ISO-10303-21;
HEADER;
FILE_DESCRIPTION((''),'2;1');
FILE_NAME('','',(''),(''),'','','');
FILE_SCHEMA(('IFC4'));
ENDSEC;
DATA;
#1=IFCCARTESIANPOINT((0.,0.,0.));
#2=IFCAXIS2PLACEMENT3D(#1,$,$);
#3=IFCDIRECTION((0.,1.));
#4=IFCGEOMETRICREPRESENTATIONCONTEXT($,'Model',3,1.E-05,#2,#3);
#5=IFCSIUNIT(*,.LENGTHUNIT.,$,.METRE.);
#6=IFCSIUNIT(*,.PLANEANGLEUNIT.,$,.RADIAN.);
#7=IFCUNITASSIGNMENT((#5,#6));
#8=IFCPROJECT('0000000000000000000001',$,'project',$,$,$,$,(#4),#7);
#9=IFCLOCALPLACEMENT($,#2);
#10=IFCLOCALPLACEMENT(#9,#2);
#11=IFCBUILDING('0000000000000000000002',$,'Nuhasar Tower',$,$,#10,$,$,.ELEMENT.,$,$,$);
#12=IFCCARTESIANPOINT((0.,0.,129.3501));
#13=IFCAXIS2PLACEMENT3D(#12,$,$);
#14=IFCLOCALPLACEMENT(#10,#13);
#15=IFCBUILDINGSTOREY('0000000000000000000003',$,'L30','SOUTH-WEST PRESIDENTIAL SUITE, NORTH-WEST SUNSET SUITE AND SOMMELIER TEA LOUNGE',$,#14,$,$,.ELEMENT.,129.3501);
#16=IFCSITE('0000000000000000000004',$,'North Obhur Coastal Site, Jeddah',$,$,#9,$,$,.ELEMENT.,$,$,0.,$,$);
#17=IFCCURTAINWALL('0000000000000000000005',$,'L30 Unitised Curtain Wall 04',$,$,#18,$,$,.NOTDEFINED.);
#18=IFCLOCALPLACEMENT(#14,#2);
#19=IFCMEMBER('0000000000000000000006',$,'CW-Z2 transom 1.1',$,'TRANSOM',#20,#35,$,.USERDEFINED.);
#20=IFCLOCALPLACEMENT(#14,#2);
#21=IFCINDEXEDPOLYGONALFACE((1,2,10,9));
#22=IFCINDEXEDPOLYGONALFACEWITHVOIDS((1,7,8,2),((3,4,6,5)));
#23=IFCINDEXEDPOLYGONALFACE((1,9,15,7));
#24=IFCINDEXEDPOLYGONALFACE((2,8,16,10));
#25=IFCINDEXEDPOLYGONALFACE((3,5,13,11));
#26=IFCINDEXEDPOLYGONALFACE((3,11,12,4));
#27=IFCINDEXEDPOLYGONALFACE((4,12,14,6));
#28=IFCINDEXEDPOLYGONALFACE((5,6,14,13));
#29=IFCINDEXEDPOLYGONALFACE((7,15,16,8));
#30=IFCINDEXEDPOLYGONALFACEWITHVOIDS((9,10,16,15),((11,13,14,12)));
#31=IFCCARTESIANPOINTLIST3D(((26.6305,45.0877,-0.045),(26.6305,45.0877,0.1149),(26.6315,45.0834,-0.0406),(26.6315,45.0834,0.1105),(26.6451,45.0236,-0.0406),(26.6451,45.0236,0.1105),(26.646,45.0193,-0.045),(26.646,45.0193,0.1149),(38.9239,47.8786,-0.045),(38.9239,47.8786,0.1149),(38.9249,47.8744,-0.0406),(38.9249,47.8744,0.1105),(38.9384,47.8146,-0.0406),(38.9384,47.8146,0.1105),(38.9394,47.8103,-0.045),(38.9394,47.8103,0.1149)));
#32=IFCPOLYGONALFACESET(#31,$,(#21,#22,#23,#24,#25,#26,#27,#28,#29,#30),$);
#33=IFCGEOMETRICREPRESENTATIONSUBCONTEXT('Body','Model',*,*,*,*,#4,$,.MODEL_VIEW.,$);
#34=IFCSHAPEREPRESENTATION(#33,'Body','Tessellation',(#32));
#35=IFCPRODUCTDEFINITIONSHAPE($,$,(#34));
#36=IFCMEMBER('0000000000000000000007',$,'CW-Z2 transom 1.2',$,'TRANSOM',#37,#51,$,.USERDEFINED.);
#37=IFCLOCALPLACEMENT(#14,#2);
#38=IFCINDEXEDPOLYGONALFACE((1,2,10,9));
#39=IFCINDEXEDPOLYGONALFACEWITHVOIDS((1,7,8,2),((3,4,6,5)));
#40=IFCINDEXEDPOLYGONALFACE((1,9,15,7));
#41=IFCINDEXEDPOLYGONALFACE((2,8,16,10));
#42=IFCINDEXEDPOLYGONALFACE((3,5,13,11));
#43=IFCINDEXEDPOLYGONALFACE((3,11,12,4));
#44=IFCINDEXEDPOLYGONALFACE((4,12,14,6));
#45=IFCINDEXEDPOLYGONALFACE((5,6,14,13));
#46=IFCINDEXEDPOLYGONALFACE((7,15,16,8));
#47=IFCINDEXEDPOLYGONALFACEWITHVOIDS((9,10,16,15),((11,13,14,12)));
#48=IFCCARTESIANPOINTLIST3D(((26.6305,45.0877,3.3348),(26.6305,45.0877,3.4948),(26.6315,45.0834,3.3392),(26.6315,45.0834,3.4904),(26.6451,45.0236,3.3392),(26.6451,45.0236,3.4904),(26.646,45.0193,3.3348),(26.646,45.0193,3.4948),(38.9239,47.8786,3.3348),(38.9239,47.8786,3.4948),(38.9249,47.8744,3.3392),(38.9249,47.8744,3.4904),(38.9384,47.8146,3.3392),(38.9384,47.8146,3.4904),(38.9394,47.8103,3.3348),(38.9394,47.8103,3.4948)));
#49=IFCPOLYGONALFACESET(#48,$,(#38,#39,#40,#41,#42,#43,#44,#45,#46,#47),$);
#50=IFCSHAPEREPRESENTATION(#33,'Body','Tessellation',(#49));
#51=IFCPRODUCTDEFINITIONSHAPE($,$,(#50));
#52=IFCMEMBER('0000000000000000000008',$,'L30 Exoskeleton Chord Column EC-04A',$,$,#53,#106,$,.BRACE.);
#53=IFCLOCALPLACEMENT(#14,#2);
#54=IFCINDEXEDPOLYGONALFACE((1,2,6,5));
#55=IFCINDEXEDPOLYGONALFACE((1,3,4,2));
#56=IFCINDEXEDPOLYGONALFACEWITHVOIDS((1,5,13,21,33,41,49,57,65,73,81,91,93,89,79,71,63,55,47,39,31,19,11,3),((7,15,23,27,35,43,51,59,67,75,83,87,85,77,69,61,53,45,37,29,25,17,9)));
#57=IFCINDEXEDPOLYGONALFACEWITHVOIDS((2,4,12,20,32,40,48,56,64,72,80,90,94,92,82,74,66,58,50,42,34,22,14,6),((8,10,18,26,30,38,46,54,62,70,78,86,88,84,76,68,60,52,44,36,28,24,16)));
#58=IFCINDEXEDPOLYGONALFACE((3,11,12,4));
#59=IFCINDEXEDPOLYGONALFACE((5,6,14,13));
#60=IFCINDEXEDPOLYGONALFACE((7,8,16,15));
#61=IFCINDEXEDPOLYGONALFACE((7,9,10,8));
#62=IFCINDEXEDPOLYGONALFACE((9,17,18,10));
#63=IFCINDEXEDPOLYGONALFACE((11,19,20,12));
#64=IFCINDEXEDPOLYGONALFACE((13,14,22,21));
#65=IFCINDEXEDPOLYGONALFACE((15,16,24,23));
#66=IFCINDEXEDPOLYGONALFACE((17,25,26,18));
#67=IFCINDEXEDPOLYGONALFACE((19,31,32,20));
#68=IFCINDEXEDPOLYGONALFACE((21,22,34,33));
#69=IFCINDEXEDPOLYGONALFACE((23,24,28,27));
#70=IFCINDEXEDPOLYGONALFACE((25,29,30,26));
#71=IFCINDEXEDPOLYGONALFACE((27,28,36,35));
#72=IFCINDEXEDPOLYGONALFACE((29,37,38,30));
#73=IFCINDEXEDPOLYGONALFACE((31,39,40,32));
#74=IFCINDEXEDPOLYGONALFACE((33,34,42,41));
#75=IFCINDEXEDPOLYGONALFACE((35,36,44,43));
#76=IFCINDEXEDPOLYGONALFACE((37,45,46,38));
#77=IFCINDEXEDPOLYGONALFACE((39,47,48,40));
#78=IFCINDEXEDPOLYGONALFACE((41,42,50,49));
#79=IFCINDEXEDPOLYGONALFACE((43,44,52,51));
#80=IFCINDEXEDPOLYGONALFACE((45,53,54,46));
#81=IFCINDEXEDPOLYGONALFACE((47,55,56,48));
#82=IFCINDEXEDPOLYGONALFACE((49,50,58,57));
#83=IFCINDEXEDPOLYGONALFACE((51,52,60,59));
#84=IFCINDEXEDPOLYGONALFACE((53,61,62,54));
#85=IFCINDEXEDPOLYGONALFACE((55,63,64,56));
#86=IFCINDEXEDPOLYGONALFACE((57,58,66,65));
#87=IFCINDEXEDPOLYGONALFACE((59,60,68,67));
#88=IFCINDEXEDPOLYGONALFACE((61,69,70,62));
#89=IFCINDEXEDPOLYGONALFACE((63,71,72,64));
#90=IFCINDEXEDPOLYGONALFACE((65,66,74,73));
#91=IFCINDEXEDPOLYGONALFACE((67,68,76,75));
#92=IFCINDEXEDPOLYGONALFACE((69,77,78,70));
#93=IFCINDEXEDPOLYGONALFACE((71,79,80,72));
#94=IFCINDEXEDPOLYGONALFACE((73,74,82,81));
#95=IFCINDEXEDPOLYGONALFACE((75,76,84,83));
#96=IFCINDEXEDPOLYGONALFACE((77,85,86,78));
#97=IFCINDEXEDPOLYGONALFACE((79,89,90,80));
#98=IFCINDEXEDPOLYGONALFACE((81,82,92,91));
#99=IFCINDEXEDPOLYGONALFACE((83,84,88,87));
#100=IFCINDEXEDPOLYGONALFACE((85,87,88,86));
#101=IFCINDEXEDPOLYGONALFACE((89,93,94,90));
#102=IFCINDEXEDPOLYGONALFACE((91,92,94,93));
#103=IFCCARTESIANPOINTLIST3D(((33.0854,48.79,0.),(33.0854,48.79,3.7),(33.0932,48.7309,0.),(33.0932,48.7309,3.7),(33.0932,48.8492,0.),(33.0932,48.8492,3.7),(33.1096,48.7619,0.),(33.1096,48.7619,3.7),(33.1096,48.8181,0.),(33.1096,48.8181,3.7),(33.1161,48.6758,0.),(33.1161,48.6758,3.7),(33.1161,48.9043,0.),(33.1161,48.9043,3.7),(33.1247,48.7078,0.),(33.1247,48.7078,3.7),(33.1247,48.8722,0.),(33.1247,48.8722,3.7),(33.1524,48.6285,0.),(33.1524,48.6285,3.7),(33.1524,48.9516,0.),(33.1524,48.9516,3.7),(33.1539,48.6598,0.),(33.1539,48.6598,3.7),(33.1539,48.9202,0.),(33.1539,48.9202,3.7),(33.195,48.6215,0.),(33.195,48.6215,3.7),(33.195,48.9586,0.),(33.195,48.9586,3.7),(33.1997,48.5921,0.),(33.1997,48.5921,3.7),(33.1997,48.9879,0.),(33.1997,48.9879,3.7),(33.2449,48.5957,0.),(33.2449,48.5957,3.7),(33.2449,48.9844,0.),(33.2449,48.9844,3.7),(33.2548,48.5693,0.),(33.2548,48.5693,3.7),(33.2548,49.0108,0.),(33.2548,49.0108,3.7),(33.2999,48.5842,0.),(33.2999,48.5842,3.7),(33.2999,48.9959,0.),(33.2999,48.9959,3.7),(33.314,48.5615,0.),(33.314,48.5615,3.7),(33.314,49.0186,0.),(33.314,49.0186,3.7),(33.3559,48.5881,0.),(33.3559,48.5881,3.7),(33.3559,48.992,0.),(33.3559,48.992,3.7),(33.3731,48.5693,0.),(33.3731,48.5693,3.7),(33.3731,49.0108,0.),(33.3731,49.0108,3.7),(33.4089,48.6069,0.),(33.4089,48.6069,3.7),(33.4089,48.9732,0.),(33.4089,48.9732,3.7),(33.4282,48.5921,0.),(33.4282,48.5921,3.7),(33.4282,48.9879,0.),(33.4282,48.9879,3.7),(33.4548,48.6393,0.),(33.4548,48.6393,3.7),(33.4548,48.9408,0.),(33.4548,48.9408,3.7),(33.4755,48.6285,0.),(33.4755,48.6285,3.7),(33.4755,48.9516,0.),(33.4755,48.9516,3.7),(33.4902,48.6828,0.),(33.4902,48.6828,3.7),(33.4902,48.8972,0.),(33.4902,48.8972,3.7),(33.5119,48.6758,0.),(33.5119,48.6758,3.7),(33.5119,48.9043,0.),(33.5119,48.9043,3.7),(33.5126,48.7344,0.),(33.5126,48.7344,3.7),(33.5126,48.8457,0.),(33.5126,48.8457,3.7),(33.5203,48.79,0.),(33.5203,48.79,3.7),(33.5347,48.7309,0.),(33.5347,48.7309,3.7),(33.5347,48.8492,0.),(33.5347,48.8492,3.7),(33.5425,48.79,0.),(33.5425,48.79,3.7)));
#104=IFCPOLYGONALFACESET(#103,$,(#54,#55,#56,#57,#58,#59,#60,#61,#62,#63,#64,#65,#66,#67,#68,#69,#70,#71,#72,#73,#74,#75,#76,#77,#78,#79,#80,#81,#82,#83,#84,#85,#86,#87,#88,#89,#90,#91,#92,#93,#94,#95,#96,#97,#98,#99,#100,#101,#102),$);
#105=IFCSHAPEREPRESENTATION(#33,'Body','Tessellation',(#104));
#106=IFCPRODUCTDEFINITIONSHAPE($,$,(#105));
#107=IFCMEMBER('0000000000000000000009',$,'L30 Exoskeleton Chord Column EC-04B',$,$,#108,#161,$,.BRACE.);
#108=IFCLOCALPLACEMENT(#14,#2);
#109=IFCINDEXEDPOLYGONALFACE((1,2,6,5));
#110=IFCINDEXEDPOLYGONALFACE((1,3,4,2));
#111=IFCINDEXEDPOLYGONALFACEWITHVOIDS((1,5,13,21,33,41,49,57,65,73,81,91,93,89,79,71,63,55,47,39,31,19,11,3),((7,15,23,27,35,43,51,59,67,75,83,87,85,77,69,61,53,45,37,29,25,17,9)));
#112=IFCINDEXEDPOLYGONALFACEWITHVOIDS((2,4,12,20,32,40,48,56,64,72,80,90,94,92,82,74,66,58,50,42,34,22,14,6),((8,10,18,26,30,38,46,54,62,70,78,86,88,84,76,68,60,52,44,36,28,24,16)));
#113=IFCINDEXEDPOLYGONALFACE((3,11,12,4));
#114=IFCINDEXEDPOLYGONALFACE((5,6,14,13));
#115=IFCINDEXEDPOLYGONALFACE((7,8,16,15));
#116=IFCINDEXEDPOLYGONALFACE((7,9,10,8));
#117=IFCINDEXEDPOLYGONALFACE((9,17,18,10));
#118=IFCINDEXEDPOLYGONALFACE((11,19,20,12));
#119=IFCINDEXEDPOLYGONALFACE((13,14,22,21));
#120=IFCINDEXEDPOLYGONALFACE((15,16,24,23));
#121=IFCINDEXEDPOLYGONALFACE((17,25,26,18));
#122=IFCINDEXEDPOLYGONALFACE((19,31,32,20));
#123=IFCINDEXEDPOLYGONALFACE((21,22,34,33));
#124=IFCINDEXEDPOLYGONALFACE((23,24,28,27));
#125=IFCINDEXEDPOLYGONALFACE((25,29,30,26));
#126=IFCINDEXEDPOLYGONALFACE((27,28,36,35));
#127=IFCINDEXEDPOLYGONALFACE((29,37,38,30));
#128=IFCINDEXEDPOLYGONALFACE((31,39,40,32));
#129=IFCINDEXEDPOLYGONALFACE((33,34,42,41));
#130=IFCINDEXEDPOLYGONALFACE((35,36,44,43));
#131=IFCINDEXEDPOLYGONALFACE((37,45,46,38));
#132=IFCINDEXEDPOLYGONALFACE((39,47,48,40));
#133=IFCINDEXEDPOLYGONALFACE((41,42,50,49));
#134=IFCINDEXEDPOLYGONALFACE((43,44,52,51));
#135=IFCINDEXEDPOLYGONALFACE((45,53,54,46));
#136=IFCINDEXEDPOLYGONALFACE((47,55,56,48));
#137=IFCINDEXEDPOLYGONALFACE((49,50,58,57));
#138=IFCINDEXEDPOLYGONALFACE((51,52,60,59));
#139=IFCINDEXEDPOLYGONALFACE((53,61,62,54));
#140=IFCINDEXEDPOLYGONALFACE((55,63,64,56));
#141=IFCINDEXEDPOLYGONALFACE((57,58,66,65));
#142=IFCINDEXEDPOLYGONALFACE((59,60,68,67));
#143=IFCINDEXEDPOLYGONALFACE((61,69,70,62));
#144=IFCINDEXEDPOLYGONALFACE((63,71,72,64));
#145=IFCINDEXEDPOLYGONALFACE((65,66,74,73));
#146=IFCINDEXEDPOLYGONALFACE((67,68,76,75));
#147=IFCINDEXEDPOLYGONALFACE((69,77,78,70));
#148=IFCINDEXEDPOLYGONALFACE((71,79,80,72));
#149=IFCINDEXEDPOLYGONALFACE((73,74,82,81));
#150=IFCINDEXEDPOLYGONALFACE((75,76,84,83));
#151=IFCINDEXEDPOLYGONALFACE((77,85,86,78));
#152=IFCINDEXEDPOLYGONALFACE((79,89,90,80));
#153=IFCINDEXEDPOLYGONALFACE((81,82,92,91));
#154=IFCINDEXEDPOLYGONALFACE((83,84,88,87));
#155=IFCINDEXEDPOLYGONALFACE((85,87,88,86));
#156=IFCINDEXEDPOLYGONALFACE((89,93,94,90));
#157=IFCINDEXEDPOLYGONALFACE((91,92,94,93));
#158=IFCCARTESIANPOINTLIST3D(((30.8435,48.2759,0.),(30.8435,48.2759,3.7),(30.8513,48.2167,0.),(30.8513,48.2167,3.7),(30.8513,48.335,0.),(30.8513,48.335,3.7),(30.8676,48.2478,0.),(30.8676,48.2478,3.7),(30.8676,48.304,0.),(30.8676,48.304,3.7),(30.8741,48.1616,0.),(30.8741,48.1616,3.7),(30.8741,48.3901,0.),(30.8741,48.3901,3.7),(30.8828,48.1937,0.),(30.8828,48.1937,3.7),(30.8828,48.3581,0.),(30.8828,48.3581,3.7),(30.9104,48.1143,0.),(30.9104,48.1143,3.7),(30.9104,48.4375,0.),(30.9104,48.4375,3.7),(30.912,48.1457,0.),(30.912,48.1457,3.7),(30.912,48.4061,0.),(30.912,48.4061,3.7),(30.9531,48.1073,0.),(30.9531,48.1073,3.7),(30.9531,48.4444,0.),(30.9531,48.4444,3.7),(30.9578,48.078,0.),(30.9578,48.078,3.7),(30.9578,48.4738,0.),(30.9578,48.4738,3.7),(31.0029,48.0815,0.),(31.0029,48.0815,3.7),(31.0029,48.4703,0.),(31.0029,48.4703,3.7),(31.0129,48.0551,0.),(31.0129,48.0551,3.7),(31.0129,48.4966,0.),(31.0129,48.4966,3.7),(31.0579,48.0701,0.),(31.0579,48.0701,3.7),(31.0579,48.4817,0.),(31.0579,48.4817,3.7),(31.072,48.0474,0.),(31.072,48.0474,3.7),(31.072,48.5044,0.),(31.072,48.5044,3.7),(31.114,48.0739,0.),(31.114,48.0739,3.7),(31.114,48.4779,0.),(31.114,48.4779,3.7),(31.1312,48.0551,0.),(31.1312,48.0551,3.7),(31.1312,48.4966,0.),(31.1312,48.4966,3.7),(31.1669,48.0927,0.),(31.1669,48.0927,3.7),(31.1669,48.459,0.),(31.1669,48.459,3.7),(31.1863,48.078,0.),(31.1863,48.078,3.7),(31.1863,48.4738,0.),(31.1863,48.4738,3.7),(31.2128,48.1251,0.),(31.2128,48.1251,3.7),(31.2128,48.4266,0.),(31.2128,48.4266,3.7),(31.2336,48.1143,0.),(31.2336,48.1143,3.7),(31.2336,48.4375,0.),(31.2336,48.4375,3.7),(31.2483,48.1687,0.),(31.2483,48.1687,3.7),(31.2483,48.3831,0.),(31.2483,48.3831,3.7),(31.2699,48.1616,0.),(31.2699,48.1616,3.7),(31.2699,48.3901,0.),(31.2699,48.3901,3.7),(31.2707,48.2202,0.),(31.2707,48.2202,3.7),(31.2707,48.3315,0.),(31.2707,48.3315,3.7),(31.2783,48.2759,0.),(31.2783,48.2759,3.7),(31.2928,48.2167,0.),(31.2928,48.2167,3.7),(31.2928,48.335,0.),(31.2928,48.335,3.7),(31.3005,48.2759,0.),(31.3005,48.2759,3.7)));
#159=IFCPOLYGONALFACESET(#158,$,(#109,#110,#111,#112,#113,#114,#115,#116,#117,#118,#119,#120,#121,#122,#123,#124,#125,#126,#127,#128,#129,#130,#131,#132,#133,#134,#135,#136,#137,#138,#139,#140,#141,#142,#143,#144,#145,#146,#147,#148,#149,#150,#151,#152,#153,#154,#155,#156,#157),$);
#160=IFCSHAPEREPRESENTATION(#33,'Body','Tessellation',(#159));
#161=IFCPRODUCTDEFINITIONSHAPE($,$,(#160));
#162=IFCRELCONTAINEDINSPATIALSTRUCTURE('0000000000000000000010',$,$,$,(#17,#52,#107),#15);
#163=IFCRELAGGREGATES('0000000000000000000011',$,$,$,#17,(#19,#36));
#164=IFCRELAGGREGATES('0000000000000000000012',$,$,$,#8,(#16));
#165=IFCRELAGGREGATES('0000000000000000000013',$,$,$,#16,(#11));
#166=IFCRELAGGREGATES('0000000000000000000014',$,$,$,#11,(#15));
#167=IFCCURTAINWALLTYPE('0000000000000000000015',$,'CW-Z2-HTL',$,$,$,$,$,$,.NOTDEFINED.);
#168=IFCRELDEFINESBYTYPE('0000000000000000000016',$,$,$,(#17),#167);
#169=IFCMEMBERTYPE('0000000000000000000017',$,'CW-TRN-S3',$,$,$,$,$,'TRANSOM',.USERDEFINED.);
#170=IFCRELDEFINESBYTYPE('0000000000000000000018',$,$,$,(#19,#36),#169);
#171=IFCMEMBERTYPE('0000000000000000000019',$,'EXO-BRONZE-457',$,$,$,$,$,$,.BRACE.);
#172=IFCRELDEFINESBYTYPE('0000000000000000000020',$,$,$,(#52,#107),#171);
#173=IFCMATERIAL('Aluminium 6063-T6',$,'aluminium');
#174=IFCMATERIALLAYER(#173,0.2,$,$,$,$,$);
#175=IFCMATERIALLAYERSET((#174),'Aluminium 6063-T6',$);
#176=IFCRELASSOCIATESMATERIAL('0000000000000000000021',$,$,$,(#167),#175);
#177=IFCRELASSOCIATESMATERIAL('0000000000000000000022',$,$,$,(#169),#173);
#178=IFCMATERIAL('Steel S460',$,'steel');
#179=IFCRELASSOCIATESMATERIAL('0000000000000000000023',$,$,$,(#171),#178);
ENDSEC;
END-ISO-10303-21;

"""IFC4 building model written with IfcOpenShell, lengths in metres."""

from ifc_helpers import new_model, si_unit, direction, frame, origin, origin_2d, place, context, subcontext, project, spatial, hollow_rectangle, hollow_circle, extrude, material, layer, layer_set, material_profile, profile_set, type_object, element, aggregate, save


model = new_model("IFC4")

# Units and contexts
model_context = context("Model", 3, precision=1e-05, world=origin(), true_north=direction((0.0, 1.0)))
body_context = subcontext(model_context, "Body", "Model", "MODEL_VIEW")
ifc_project = project(units=[si_unit("LENGTHUNIT", "METRE"), si_unit("PLANEANGLEUNIT", "RADIAN")], contexts=[model_context])

# Site, building, storey
site_placement = place(None, origin())
site = spatial("IfcSite", under=ifc_project, at=site_placement, Name="North Obhur Coastal Site, Jeddah", CompositionType="ELEMENT", RefElevation=0.0)
building_placement = place(site_placement, origin())
building = spatial("IfcBuilding", under=site, at=building_placement, Name="Nuhasar Tower", CompositionType="ELEMENT")
storey_placement = place(building_placement, frame((0.0, 0.0, 129.3501)))
storey = spatial("IfcBuildingStorey", under=building, at=storey_placement, Name="L30", Description="SOUTH-WEST PRESIDENTIAL SUITE, NORTH-WEST SUNSET SUITE AND SOMMELIER TEA LOUNGE", CompositionType="ELEMENT", Elevation=129.3501)

# Curtain wall, members
ifc_material_1 = material(Name="Aluminium 6063-T6", Category="aluminium")
ifc_layer_1 = layer(ifc_material_1, 0.2)
ifc_layer_set_1 = layer_set([ifc_layer_1], Name="Aluminium 6063-T6")
curtain_wall_type = type_object("IfcCurtainWallType", Name="CW-Z2-HTL", PredefinedType="NOTDEFINED", material=ifc_layer_set_1)
curtain_wall_placement = place(storey_placement, origin())
curtain_wall = element("IfcCurtainWall", 1, at=curtain_wall_placement, inside=storey, type_object=curtain_wall_type, Name="L30 Unitised Curtain Wall 04", PredefinedType="NOTDEFINED")
ifc_material_profile_1 = material_profile(ifc_material_1, hollow_rectangle(XDim=0.0701, YDim=0.1599, WallThickness=0.0044, at=origin_2d()), Name="CWT-3")
ifc_profile_set_1 = profile_set([ifc_material_profile_1], Name="Aluminium 6063-T6")
member_type_1 = type_object("IfcMemberType", Name="CW-TRN-S3", ElementType="TRANSOM", PredefinedType="USERDEFINED", material=ifc_profile_set_1)
member_1_placement = place(storey_placement, frame((38.9316, 47.8445, 0.0349), z_axis=(-0.975183, -0.221398, 0.0), x_axis=(0.221398, -0.975183, 0.0)))
member_1 = element("IfcMember", 2, at=member_1_placement, type_object=member_type_1, Name="CW-Z2 transom 1.1", ObjectType="TRANSOM", PredefinedType="USERDEFINED", context=body_context, shape_type="SweptSolid", body=[
    extrude(hollow_rectangle(XDim=0.0701, YDim=0.1599, WallThickness=0.0044, at=origin_2d()), origin(), (0.0, 0.0, 1.0), 12.6062),
])
member_2_placement = place(storey_placement, frame((38.9316, 47.8445, 3.4148), z_axis=(-0.975183, -0.221398, 0.0), x_axis=(0.221398, -0.975183, 0.0)))
member_2 = element("IfcMember", 3, at=member_2_placement, type_object=member_type_1, Name="CW-Z2 transom 1.2", ObjectType="TRANSOM", PredefinedType="USERDEFINED", context=body_context, shape_type="SweptSolid", body=[
    extrude(hollow_rectangle(XDim=0.0701, YDim=0.1599, WallThickness=0.0044, at=origin_2d()), origin(), (0.0, 0.0, 1.0), 12.6062),
])

# Members
ifc_material_2 = material(Name="Steel S460", Category="steel")
ifc_material_profile_2 = material_profile(ifc_material_2, hollow_circle(Radius=0.2285, WallThickness=0.0222, at=origin_2d()), Name="HSS457X22.2")
ifc_profile_set_2 = profile_set([ifc_material_profile_2], Name="Steel S460")
member_type_2 = type_object("IfcMemberType", Name="EXO-BRONZE-457", PredefinedType="BRACE", material=ifc_profile_set_2)
for number, where, z_axis, x_axis, name in (
    (4, (33.314, 48.79, 0.0), (0.0, 0.0, 1.0), (1.0, 0.0, 0.0), "L30 Exoskeleton Chord Column EC-04A"),
    (5, (31.072, 48.2759, 0.0), (0.0, 0.0, 1.0), (1.0, 0.0, 0.0), "L30 Exoskeleton Chord Column EC-04B"),
):
    element("IfcMember", number, at=place(storey_placement, frame(where, z_axis=z_axis, x_axis=x_axis)), inside=storey, type_object=member_type_2, Name=name, PredefinedType="BRACE", context=body_context, shape_type="SweptSolid", body=[
        extrude(hollow_circle(Radius=0.2285, WallThickness=0.0222, at=origin_2d()), origin(), (0.0, 0.0, 1.0), 3.7),
    ])

aggregate(curtain_wall, [member_1, member_2])

save(model, "model.ifc")
